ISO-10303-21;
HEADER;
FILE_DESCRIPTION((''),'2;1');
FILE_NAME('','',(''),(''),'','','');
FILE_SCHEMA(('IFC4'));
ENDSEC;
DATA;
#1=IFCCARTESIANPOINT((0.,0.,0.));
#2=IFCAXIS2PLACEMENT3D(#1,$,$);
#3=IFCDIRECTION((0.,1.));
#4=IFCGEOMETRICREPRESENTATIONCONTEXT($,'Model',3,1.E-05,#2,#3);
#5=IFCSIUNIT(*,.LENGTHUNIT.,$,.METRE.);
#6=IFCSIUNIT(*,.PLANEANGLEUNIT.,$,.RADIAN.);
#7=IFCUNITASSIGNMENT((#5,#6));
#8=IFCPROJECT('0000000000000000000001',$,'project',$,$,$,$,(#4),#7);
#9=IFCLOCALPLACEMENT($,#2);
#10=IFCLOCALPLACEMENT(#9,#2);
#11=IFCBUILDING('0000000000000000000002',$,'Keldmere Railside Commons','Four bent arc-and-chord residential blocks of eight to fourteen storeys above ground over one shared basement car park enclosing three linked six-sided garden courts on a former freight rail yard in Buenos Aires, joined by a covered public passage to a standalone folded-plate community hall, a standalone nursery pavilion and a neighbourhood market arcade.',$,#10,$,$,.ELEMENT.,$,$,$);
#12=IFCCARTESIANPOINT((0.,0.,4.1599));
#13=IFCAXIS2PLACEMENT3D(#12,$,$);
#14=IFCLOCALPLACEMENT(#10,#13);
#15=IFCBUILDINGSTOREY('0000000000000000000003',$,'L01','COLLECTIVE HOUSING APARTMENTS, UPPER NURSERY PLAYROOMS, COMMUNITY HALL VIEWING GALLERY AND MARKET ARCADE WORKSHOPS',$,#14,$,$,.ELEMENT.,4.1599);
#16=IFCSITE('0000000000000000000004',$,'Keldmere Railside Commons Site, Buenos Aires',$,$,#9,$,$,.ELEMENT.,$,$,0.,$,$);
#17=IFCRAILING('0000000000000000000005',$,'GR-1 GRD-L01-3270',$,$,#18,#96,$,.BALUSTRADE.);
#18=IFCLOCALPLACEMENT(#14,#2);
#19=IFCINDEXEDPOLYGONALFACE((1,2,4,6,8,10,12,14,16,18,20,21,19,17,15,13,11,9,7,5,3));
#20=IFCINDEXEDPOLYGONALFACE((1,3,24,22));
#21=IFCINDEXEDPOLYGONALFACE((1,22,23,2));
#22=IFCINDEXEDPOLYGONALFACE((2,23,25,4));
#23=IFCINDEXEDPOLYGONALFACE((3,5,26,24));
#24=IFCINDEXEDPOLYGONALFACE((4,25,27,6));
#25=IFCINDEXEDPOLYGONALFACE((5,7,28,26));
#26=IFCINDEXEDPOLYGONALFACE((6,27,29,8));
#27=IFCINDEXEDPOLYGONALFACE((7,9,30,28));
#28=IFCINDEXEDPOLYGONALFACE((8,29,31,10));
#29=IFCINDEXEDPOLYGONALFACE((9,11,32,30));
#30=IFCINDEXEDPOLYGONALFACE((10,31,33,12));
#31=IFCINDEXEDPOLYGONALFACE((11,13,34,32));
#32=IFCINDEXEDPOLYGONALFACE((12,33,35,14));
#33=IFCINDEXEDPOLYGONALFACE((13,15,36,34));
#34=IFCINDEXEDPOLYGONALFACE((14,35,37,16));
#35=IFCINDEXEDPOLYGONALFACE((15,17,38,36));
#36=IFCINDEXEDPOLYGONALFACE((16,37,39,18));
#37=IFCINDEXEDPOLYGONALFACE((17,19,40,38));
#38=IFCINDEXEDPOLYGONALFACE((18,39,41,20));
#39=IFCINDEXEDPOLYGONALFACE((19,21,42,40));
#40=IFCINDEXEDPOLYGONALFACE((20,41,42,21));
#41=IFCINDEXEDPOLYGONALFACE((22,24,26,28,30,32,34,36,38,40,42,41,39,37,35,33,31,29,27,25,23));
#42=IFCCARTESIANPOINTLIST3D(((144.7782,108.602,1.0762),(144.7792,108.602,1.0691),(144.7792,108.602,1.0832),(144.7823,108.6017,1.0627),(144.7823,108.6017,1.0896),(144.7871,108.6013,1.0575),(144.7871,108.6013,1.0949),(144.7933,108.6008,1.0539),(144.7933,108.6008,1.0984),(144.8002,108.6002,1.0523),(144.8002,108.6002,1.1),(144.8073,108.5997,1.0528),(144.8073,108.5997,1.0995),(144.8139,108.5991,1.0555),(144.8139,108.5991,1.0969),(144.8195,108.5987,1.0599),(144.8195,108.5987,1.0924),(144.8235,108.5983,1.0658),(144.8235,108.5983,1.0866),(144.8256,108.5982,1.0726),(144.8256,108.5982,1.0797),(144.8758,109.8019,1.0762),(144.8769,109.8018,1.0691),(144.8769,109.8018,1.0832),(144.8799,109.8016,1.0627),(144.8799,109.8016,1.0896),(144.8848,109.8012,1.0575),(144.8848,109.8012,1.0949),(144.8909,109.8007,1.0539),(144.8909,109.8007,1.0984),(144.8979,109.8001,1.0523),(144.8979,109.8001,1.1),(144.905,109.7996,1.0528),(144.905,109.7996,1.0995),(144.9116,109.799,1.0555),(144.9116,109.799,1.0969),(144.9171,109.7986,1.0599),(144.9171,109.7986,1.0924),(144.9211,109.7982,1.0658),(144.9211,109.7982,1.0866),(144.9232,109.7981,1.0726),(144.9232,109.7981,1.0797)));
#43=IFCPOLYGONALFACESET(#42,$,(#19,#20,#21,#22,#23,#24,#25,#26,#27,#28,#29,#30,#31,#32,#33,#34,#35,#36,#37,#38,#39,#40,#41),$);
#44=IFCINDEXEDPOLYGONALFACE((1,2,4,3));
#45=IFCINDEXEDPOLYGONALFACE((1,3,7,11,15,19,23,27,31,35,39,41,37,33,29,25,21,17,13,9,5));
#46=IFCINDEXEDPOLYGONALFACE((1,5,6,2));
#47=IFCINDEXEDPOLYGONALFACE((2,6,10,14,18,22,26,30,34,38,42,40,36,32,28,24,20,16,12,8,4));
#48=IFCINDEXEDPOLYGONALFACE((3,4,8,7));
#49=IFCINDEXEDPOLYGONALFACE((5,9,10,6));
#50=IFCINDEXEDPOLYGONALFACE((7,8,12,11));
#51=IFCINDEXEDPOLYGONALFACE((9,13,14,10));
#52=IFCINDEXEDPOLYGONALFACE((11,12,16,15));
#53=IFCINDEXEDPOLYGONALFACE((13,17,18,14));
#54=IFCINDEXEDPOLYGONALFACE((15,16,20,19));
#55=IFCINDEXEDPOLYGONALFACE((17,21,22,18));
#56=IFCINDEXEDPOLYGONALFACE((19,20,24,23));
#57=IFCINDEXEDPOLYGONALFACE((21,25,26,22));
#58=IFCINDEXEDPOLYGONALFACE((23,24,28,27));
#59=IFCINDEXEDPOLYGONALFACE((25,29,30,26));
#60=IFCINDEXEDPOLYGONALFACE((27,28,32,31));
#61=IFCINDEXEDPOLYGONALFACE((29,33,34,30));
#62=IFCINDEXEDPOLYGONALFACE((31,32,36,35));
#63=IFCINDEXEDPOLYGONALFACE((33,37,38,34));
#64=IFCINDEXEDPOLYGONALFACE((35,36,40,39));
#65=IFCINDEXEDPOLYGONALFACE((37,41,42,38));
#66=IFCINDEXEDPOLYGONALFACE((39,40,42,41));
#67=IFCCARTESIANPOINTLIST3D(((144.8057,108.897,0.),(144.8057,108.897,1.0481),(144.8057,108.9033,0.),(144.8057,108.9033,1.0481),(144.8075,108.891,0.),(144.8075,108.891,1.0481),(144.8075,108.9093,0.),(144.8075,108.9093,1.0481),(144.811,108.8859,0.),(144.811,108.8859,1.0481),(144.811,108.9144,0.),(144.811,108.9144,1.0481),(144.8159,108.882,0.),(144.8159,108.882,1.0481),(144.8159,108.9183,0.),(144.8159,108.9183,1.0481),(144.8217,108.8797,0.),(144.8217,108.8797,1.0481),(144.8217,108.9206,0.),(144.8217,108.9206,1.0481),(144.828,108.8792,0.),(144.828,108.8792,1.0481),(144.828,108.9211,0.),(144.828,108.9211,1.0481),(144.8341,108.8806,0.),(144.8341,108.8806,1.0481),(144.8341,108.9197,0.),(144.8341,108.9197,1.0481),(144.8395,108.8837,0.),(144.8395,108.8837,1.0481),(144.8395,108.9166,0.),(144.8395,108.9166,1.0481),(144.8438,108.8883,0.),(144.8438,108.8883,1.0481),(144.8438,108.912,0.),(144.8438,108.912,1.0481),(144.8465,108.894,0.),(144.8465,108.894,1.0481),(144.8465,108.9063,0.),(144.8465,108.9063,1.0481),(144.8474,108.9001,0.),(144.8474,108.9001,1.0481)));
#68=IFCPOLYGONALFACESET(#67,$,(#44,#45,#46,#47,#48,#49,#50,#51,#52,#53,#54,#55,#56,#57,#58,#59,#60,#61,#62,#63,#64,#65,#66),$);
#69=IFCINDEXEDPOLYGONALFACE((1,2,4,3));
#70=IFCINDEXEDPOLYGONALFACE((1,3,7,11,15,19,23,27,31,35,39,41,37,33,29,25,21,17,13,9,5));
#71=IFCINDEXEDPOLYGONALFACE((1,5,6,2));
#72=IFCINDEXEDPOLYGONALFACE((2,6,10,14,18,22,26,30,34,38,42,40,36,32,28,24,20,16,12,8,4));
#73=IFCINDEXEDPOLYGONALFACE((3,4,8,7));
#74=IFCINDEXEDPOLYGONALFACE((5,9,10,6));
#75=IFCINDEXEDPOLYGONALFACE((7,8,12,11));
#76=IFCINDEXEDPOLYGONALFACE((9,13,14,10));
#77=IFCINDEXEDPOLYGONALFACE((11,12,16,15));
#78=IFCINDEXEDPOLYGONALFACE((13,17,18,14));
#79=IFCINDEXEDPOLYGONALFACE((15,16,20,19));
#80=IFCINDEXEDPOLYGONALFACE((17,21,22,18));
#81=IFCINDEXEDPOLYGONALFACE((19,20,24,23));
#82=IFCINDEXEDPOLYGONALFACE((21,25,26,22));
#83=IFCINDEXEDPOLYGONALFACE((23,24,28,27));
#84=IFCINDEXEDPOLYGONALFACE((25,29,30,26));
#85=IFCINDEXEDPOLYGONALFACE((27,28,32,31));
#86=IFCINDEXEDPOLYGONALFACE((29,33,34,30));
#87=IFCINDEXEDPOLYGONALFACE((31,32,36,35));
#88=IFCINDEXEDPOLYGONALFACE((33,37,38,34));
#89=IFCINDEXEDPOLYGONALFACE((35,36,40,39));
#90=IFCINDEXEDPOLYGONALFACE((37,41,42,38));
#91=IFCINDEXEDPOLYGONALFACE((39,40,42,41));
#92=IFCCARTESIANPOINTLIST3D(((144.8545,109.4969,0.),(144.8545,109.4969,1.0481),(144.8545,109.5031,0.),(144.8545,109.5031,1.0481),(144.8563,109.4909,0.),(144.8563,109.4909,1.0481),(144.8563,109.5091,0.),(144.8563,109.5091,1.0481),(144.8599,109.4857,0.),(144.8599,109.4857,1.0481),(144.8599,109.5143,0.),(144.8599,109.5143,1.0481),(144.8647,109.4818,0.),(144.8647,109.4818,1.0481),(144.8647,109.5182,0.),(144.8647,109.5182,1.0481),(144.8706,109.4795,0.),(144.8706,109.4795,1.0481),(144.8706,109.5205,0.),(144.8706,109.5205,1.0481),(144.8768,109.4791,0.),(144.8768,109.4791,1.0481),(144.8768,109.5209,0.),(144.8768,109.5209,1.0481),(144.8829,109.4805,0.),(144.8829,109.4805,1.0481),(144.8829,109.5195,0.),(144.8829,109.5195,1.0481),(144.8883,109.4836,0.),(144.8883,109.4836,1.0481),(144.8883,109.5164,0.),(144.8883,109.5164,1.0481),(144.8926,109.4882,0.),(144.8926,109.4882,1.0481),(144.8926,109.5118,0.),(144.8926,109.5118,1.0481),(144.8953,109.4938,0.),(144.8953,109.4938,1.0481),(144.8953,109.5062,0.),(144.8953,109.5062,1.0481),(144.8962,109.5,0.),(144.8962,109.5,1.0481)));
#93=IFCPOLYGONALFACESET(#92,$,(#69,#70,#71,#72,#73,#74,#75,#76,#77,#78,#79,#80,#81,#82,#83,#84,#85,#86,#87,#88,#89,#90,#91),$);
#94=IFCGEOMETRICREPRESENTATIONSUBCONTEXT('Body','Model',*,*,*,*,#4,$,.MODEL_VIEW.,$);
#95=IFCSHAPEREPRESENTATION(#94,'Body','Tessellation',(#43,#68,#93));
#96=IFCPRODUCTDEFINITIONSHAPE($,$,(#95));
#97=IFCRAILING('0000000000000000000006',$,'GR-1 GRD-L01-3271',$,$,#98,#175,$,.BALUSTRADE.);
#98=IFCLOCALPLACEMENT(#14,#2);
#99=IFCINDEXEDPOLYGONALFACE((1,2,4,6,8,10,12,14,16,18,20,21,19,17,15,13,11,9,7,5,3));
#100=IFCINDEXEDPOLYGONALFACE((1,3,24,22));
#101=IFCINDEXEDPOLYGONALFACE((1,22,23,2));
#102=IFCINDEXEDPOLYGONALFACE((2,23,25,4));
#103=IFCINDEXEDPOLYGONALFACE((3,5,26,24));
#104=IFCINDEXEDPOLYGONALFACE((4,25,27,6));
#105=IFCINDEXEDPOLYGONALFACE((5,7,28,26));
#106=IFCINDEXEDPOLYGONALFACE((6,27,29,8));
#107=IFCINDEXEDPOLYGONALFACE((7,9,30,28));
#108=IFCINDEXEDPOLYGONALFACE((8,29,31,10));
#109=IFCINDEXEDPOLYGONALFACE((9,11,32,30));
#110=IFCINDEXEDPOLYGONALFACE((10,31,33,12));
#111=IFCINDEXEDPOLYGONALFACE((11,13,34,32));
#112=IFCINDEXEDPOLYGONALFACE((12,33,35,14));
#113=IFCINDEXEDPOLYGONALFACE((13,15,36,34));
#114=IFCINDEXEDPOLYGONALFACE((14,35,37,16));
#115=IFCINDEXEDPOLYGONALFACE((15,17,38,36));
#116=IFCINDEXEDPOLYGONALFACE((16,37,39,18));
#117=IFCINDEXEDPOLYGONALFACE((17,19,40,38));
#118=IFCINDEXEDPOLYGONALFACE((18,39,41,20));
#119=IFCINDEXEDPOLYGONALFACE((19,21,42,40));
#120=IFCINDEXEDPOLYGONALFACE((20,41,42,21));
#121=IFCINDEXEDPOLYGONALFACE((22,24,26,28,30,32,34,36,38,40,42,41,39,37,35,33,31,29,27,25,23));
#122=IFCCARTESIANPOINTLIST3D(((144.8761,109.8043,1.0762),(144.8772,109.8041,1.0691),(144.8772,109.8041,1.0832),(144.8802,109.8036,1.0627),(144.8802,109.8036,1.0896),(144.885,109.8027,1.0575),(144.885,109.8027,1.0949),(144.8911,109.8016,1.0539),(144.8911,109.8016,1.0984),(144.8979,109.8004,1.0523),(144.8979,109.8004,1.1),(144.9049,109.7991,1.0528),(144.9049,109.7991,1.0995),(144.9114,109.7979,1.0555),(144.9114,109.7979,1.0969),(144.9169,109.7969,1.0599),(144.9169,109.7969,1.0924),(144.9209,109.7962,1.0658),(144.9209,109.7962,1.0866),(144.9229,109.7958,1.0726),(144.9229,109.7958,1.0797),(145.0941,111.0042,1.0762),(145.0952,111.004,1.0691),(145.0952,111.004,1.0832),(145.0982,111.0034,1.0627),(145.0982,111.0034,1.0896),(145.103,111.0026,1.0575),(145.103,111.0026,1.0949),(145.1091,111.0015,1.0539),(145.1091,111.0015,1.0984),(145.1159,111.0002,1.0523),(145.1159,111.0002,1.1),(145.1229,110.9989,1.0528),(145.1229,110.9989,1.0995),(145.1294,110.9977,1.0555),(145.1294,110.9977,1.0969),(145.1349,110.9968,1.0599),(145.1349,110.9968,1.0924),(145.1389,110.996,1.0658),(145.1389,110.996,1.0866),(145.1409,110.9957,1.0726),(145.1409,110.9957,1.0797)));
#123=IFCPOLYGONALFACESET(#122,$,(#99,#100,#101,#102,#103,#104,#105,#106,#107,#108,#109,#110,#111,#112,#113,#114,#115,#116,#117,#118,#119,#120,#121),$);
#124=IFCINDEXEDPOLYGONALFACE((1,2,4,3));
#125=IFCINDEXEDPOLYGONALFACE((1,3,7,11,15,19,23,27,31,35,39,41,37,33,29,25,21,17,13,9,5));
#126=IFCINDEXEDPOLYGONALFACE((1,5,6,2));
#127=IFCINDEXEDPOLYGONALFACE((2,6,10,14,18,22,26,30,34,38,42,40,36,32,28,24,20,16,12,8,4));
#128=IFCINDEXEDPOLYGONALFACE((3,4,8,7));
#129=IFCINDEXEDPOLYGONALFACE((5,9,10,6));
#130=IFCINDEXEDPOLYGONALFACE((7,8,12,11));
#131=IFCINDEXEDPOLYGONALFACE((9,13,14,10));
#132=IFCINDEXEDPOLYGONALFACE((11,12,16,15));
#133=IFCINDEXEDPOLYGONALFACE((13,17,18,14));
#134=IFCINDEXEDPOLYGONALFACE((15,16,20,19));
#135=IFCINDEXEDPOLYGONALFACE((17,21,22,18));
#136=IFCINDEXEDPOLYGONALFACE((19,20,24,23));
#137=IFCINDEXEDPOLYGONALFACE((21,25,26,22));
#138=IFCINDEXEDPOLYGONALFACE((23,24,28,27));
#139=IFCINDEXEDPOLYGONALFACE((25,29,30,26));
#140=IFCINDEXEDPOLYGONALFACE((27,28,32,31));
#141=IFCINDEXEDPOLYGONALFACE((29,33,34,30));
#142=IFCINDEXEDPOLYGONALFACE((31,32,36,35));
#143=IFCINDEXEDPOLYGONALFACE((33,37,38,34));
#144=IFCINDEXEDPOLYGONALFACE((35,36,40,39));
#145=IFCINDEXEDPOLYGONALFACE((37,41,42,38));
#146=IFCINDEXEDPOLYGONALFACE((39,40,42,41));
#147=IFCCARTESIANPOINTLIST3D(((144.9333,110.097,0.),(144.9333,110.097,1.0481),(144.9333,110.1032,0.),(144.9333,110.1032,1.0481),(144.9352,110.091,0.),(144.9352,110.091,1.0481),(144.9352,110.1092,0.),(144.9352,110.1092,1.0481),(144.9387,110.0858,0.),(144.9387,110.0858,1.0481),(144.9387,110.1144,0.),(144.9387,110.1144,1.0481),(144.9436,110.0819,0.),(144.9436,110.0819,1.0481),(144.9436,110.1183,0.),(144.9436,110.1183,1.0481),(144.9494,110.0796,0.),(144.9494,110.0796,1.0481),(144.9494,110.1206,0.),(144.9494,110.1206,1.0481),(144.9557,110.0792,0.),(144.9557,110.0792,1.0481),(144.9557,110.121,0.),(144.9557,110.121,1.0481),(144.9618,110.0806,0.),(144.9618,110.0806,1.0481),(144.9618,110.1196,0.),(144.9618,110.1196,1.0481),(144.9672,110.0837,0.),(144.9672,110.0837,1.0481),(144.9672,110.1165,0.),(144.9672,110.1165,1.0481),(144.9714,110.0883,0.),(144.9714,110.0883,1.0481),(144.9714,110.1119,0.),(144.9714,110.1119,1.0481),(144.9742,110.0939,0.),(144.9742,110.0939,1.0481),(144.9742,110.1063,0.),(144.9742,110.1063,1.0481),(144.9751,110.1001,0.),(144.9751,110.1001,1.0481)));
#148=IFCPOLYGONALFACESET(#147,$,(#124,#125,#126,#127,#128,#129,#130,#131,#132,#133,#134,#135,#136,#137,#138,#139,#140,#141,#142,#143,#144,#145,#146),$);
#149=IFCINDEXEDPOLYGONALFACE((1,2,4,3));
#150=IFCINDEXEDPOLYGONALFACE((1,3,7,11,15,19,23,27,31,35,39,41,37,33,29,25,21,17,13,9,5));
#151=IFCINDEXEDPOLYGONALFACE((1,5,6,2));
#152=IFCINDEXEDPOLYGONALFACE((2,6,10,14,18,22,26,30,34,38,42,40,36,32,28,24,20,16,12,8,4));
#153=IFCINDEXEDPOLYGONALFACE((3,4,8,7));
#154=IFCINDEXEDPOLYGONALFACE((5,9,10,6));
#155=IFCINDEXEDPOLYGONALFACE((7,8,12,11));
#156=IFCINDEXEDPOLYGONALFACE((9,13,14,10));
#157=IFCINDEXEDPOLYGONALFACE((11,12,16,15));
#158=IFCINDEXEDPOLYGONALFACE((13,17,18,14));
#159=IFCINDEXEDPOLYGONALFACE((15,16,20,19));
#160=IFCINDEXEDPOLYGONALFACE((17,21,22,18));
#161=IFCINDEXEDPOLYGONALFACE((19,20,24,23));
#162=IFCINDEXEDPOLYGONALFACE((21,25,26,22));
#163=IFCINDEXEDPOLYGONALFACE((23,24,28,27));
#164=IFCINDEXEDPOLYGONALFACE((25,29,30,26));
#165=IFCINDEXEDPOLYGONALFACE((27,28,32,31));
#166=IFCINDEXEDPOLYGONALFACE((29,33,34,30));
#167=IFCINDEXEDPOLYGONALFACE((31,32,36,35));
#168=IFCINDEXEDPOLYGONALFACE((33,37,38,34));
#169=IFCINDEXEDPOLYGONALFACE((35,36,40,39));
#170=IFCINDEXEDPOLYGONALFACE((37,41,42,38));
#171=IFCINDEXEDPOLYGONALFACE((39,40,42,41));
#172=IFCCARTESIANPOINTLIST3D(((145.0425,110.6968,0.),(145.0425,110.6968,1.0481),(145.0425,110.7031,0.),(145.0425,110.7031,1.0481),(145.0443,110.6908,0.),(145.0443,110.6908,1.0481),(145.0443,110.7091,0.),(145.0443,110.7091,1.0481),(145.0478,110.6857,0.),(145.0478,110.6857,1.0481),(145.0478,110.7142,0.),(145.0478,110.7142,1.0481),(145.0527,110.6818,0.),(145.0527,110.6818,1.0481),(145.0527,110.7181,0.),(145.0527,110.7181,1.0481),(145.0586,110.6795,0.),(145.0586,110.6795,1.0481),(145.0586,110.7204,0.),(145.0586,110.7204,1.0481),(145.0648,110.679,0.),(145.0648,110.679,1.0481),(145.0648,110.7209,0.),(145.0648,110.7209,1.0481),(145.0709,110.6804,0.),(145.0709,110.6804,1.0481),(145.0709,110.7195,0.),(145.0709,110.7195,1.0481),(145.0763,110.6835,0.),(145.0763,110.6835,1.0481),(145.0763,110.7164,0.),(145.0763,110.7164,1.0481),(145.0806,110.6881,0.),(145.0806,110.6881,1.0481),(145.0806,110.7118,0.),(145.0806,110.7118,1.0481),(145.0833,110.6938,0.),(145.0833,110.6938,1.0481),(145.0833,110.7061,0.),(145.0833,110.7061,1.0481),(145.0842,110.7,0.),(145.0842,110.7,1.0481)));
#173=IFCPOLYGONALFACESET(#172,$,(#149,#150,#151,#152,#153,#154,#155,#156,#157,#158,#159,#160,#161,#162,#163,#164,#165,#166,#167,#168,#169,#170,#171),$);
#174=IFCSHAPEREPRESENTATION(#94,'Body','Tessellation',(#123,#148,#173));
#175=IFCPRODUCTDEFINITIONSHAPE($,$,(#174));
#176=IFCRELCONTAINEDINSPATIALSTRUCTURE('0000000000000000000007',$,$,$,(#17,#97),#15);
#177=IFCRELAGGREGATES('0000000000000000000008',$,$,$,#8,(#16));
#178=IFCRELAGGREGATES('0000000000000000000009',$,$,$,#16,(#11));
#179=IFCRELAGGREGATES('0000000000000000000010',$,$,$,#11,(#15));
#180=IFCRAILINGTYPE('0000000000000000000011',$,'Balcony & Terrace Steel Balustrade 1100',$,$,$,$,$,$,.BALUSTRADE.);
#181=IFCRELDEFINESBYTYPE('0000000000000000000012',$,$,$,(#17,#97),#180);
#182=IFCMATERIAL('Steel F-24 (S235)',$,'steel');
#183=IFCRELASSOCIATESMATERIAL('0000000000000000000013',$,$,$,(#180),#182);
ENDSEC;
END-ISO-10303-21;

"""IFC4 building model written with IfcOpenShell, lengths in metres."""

from ifc_helpers import new_model, si_unit, direction, frame, origin, origin_2d, place, context, subcontext, project, spatial, circle, extrude, material, type_object, element, save


model = new_model("IFC4")

# Units and contexts
model_context = context("Model", 3, precision=1e-05, world=origin(), true_north=direction((0.0, 1.0)))
body_context = subcontext(model_context, "Body", "Model", "MODEL_VIEW")
ifc_project = project(units=[si_unit("LENGTHUNIT", "METRE"), si_unit("PLANEANGLEUNIT", "RADIAN")], contexts=[model_context])

# Site, building, storey
site_placement = place(None, origin())
site = spatial("IfcSite", under=ifc_project, at=site_placement, Name="Keldmere Railside Commons Site, Buenos Aires", CompositionType="ELEMENT", RefElevation=0.0)
building_placement = place(site_placement, origin())
building = spatial("IfcBuilding", under=site, at=building_placement, Name="Keldmere Railside Commons", Description="Four bent arc-and-chord residential blocks of eight to fourteen storeys above ground over one shared basement car park enclosing three linked six-sided garden courts on a former freight rail yard in Buenos Aires, joined by a covered public passage to a standalone folded-plate community hall, a standalone nursery pavilion and a neighbourhood market arcade.", CompositionType="ELEMENT")
storey_placement = place(building_placement, frame((0.0, 0.0, 4.1599)))
storey = spatial("IfcBuildingStorey", under=building, at=storey_placement, Name="L01", Description="COLLECTIVE HOUSING APARTMENTS, UPPER NURSERY PLAYROOMS, COMMUNITY HALL VIEWING GALLERY AND MARKET ARCADE WORKSHOPS", CompositionType="ELEMENT", Elevation=4.1599)

# Railings
ifc_material_1 = material(Name="Steel F-24 (S235)", Category="steel")
railing_type = type_object("IfcRailingType", Name="Balcony & Terrace Steel Balustrade 1100", PredefinedType="BALUSTRADE", material=ifc_material_1)
railing_1_placement = place(storey_placement, frame((144.802, 108.6001, 0.0)))
element("IfcRailing", 1, at=railing_1_placement, inside=storey, type_object=railing_type, Name="GR-1 GRD-L01-3270", PredefinedType="BALUSTRADE", context=body_context, shape_type="SweptSolid", body=[
    extrude(circle(Radius=0.0239, at=origin_2d()), frame((0.0, 0.0, 1.0762), z_axis=(0.081115, 0.996705, 0.0), x_axis=(-0.996705, 0.081115, 0.0)), (0.0, 0.0, 1.0), 1.2039),
    extrude(circle(Radius=0.021, at=origin_2d()), frame((0.0244, 0.3, 0.0)), (0.0, 0.0, 1.0), 1.0481),
    extrude(circle(Radius=0.021, at=origin_2d()), frame((0.0732, 0.8999, 0.0)), (0.0, 0.0, 1.0), 1.0481),
])
railing_2_placement = place(storey_placement, frame((144.8997, 109.8, 0.0)))
element("IfcRailing", 2, at=railing_2_placement, inside=storey, type_object=railing_type, Name="GR-1 GRD-L01-3271", PredefinedType="BALUSTRADE", context=body_context, shape_type="SweptSolid", body=[
    extrude(circle(Radius=0.0239, at=origin_2d()), frame((0.0, 0.0, 1.0762), z_axis=(0.178762, 0.983892, 0.0), x_axis=(-0.983892, 0.178762, 0.0)), (0.0, 0.0, 1.0), 1.2195),
    extrude(circle(Radius=0.021, at=origin_2d()), frame((0.0544, 0.3, 0.0)), (0.0, 0.0, 1.0), 1.0481),
    extrude(circle(Radius=0.021, at=origin_2d()), frame((0.1636, 0.8999, 0.0)), (0.0, 0.0, 1.0), 1.0481),
])

save(model, "model.ifc")
